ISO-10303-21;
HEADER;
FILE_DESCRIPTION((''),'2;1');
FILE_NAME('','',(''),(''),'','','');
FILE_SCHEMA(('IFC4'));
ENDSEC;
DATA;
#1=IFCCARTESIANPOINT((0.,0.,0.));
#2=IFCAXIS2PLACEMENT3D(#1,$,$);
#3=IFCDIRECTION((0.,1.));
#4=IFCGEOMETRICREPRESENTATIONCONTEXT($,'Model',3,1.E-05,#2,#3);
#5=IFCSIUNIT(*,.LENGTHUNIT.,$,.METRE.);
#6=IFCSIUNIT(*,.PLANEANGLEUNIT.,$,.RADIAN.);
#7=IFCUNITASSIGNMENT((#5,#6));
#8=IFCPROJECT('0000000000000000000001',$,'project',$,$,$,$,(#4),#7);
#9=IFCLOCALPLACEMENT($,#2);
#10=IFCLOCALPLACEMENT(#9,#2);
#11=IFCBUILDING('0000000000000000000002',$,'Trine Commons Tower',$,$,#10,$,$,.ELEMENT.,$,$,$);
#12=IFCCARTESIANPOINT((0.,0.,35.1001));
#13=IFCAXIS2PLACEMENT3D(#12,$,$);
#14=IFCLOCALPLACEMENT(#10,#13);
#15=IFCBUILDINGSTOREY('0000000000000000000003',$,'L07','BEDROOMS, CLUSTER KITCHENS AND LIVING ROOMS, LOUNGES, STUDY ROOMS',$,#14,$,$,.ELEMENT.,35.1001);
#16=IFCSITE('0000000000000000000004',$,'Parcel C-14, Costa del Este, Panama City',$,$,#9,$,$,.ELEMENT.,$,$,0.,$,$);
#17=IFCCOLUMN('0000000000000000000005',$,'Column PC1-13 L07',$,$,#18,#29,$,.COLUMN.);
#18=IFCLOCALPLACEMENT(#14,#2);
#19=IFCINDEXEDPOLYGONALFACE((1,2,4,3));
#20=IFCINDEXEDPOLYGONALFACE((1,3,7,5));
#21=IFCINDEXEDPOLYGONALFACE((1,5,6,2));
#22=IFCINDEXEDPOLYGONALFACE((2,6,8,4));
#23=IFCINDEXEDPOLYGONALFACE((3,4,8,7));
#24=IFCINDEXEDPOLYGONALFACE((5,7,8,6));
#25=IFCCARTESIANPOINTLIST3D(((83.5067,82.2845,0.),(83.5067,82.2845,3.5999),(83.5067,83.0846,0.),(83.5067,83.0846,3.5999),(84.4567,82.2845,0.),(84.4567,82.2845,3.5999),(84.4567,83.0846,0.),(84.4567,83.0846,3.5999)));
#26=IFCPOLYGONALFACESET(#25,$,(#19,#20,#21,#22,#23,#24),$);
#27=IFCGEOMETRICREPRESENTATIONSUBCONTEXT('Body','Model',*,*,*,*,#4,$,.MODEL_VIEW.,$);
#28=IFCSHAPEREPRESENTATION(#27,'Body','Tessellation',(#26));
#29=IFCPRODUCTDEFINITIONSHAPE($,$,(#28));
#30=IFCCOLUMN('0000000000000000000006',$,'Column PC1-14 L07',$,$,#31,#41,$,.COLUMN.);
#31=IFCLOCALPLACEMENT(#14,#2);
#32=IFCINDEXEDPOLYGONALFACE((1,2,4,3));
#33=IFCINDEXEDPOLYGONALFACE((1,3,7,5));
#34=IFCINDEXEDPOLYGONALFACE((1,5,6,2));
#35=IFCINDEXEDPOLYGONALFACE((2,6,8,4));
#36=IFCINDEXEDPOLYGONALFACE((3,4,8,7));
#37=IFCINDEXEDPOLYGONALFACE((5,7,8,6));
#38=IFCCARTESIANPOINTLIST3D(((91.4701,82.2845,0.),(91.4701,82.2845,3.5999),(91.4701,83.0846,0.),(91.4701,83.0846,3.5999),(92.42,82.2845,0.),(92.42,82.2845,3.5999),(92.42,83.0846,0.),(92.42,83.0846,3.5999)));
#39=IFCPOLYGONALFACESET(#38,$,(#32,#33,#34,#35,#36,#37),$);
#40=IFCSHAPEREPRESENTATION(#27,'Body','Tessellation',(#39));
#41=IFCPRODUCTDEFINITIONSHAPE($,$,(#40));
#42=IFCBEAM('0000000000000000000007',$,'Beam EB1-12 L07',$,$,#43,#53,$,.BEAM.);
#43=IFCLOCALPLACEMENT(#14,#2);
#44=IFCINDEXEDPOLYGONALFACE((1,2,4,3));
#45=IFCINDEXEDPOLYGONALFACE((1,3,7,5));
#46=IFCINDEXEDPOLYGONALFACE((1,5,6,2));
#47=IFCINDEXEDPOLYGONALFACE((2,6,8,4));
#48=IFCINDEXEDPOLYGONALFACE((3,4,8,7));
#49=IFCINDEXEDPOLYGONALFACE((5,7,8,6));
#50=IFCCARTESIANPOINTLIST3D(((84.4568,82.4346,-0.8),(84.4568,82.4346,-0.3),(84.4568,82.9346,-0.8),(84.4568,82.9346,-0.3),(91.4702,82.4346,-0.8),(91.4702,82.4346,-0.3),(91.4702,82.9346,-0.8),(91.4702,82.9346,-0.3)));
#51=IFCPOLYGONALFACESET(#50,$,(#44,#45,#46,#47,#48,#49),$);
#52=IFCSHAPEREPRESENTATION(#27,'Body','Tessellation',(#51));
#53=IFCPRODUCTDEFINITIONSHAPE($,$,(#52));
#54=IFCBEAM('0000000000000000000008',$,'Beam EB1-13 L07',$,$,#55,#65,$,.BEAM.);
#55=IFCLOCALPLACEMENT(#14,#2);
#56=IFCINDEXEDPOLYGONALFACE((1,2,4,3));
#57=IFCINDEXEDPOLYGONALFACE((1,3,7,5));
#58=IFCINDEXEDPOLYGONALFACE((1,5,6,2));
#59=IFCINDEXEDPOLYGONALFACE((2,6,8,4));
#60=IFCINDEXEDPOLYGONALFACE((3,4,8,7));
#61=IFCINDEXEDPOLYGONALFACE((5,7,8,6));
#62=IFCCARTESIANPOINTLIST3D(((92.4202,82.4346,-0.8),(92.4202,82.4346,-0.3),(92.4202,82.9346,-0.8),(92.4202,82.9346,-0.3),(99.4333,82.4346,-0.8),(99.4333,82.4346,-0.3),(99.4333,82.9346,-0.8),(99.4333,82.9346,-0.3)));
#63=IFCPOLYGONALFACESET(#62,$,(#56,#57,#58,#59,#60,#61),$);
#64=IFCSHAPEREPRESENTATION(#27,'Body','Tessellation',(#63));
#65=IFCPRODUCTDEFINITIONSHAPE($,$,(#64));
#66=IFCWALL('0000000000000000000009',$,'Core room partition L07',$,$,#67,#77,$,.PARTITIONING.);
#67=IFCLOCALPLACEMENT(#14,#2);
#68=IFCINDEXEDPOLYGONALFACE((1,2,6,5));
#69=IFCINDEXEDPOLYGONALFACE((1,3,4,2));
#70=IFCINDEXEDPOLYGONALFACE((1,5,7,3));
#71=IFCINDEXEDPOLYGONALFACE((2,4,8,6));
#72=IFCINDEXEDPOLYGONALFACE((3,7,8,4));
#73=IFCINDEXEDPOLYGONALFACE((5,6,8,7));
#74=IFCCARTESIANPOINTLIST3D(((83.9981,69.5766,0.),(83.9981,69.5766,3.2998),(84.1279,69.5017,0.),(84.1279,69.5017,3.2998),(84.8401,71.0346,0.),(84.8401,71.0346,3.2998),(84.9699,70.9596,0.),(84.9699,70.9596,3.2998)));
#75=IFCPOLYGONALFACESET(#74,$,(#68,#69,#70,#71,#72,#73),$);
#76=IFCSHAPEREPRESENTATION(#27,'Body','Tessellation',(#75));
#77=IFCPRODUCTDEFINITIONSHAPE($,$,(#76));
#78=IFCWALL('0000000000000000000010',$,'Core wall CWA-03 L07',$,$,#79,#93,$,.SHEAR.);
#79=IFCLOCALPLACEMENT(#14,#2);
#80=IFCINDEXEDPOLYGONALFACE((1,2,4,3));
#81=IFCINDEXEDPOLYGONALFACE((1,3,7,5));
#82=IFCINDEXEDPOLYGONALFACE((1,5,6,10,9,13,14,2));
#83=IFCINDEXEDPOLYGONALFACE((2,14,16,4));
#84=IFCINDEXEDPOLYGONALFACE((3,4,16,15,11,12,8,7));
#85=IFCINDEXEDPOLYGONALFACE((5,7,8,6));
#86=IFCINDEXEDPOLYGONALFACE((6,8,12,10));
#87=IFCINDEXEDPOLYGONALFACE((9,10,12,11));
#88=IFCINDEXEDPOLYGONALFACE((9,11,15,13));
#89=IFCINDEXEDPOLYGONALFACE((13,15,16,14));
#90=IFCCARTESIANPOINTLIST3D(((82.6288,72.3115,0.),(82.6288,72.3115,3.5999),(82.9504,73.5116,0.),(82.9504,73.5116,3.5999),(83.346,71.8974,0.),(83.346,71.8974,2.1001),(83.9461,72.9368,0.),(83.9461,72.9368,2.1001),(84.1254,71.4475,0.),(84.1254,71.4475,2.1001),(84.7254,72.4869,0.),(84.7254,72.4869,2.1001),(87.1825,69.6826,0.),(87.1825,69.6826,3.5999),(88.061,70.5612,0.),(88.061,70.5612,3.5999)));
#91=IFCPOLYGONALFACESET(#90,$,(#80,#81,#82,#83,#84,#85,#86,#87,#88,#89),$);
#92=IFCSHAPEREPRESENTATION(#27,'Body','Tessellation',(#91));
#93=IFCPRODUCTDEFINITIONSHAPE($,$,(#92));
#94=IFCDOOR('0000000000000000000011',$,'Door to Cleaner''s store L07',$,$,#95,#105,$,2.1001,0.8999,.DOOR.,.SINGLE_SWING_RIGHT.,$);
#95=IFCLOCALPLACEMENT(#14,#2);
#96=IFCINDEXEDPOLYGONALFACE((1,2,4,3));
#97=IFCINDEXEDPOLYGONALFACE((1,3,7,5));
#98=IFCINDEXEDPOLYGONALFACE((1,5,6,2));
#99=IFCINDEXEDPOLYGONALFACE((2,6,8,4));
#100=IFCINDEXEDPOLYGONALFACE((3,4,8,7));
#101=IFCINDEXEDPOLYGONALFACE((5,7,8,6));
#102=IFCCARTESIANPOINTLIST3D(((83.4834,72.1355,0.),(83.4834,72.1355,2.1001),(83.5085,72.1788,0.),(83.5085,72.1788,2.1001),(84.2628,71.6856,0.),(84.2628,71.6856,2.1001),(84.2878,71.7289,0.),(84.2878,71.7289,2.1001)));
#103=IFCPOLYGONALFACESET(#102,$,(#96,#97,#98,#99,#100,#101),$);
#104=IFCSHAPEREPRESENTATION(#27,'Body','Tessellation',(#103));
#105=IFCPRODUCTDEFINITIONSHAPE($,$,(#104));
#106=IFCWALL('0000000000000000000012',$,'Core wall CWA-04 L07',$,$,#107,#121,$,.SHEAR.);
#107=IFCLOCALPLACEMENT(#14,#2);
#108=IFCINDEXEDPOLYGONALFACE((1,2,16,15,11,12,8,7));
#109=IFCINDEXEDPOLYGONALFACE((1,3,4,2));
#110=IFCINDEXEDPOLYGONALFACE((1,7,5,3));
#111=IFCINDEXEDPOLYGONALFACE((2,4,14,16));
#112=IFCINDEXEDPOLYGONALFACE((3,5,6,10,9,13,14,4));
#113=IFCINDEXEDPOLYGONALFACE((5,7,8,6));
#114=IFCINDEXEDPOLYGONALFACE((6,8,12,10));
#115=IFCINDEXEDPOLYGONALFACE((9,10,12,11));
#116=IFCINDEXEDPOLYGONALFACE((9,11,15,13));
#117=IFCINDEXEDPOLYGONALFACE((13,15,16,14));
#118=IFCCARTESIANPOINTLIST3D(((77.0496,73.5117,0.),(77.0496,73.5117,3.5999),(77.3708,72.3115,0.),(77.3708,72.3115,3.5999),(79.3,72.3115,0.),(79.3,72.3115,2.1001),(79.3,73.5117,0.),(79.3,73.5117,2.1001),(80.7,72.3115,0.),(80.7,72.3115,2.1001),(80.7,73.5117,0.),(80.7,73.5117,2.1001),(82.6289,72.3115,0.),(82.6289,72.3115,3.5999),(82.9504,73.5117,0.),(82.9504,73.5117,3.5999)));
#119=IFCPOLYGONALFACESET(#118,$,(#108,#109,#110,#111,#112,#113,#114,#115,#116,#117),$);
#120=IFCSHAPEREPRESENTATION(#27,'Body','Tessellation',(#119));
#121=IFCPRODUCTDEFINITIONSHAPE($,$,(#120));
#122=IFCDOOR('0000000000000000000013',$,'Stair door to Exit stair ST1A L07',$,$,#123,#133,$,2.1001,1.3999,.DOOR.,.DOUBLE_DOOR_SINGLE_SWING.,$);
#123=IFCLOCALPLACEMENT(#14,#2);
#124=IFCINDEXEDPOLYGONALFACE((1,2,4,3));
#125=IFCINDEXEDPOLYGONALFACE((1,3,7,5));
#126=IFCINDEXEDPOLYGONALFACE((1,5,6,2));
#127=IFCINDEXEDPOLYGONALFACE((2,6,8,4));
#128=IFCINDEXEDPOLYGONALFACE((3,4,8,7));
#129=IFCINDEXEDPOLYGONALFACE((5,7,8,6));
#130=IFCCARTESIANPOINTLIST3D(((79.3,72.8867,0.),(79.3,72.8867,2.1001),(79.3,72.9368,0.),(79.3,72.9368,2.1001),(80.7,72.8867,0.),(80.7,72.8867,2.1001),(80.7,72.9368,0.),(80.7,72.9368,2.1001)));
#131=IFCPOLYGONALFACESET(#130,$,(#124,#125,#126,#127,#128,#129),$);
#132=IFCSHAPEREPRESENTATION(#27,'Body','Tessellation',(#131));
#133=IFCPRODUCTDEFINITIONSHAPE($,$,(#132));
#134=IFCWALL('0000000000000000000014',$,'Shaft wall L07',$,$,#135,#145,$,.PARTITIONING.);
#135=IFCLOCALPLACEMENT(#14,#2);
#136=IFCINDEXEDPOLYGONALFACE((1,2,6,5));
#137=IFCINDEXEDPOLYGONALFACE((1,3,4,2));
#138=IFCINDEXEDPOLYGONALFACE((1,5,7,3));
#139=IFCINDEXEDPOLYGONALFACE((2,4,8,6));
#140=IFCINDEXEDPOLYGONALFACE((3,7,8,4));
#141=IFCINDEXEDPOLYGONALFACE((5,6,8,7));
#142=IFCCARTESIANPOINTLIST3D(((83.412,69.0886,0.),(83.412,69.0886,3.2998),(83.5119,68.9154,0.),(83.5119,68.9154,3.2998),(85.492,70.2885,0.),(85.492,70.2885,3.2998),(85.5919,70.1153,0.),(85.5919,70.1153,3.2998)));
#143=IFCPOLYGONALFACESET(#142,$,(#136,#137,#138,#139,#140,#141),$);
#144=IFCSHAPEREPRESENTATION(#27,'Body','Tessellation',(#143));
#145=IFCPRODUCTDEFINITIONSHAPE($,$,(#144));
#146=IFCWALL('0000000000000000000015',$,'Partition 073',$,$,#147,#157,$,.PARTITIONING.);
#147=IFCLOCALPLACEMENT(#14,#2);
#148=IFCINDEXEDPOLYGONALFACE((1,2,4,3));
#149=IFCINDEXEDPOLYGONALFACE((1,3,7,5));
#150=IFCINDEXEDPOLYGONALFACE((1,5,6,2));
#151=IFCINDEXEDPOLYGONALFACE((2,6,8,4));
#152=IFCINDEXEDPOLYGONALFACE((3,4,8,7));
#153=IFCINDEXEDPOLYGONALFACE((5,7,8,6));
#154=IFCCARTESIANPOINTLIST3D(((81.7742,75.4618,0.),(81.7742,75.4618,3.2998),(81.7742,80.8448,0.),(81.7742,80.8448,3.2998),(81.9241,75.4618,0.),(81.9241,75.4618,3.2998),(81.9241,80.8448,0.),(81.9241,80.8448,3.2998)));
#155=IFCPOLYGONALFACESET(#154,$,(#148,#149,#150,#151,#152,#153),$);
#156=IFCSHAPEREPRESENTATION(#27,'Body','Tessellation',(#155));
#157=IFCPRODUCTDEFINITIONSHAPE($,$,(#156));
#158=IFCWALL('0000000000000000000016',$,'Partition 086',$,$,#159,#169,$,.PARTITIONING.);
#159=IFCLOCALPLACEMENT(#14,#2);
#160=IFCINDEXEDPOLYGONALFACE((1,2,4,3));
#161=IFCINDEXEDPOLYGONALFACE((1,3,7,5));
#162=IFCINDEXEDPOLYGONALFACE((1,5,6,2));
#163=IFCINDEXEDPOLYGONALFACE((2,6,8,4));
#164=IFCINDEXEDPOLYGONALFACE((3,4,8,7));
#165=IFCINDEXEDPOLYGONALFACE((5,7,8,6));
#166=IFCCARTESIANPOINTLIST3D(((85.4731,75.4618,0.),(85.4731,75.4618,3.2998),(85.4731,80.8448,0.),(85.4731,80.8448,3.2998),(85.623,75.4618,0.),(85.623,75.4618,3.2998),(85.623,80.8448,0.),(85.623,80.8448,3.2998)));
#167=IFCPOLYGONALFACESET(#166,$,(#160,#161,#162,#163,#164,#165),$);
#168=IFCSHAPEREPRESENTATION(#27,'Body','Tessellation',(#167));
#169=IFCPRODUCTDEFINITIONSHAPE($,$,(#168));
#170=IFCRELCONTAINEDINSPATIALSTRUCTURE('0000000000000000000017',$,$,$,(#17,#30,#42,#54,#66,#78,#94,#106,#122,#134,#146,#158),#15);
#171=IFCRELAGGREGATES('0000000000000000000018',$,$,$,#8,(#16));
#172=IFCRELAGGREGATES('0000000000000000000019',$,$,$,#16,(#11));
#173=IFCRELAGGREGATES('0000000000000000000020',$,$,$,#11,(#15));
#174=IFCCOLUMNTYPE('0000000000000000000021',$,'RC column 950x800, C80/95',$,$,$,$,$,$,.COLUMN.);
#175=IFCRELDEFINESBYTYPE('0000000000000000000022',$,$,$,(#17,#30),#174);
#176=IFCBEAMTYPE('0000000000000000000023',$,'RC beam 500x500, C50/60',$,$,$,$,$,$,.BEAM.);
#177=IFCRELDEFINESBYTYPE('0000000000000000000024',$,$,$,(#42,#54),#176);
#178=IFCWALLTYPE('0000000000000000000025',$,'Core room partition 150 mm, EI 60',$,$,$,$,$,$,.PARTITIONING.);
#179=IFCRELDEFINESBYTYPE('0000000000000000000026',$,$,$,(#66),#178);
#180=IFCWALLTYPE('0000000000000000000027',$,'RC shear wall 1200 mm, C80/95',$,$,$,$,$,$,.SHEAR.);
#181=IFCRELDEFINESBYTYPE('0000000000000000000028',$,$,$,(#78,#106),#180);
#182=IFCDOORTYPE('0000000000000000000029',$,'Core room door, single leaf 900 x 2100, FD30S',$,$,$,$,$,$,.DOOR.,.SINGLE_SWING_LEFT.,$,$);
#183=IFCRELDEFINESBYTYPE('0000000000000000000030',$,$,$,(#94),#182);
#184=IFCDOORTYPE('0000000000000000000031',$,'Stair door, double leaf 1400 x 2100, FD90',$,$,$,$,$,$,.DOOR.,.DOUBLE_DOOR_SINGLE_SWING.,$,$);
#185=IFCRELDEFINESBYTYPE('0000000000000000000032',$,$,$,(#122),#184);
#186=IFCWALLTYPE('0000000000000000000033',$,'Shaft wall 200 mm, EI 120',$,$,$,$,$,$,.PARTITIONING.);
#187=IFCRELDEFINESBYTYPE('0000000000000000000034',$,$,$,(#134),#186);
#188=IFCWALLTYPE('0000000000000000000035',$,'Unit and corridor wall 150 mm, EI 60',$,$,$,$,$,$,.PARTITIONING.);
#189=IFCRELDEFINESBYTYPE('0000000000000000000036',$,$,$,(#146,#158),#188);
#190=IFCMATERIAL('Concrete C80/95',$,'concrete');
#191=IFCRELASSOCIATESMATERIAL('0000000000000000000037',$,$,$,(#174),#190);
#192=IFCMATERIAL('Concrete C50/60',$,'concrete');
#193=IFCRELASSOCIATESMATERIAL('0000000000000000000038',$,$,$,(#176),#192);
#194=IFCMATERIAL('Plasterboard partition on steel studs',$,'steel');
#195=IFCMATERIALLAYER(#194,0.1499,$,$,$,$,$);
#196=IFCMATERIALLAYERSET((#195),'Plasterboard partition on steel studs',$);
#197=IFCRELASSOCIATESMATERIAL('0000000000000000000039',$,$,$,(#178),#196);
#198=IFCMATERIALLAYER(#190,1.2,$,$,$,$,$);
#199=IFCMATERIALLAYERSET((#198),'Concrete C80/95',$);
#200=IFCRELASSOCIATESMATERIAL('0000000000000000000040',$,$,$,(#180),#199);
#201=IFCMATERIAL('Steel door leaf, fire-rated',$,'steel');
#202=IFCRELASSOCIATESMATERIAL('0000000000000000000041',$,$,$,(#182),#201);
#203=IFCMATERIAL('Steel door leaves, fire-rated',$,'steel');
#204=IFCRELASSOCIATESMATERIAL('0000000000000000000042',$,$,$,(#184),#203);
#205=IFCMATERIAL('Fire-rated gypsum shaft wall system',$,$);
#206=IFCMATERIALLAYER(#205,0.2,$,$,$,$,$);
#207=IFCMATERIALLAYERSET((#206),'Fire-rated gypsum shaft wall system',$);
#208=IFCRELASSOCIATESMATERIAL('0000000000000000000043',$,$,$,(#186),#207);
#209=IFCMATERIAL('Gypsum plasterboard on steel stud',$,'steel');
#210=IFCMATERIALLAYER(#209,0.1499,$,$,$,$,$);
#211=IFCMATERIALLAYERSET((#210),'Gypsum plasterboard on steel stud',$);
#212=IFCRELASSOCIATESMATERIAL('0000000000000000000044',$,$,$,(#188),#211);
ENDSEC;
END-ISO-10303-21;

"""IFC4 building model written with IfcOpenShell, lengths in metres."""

from ifc_helpers import new_model, si_unit, direction, frame, frame_2d, origin, origin_2d, place, context, subcontext, project, spatial, polyline, rectangle, outline, extrude, material, layer, layer_set, material_profile, profile_set, type_object, element, fill, save


model = new_model("IFC4")

# Units and contexts
model_context = context("Model", 3, precision=1e-05, world=origin(), true_north=direction((0.0, 1.0)))
body_context = subcontext(model_context, "Body", "Model", "MODEL_VIEW")
ifc_project = project(units=[si_unit("LENGTHUNIT", "METRE"), si_unit("PLANEANGLEUNIT", "RADIAN")], contexts=[model_context])

# Site, building, storey
site_placement = place(None, origin())
site = spatial("IfcSite", under=ifc_project, at=site_placement, Name="Parcel C-14, Costa del Este, Panama City", CompositionType="ELEMENT", RefElevation=0.0)
building_placement = place(site_placement, origin())
building = spatial("IfcBuilding", under=site, at=building_placement, Name="Trine Commons Tower", CompositionType="ELEMENT")
storey_placement = place(building_placement, frame((0.0, 0.0, 35.1001)))
storey = spatial("IfcBuildingStorey", under=building, at=storey_placement, Name="L07", Description="BEDROOMS, CLUSTER KITCHENS AND LIVING ROOMS, LOUNGES, STUDY ROOMS", CompositionType="ELEMENT", Elevation=35.1001)

# Columns
ifc_material_1 = material(Name="Concrete C80/95", Category="concrete")
ifc_material_profile_1 = material_profile(ifc_material_1, rectangle(XDim=0.95, YDim=0.8, at=origin_2d()), Name="RC 950x800")
ifc_profile_set_1 = profile_set([ifc_material_profile_1], Name="Concrete C80/95")
column_type = type_object("IfcColumnType", Name="RC column 950x800, C80/95", PredefinedType="COLUMN", material=ifc_profile_set_1)
for number, where, z_axis, x_axis, name in (
    (1, (83.9817, 82.6846, 0.0), (0.0, 0.0, 1.0), (1.0, 0.0, 0.0), "Column PC1-13 L07"),
    (2, (91.9451, 82.6846, 0.0), (0.0, 0.0, 1.0), (1.0, 0.0, 0.0), "Column PC1-14 L07"),
):
    element("IfcColumn", number, at=place(storey_placement, frame(where, z_axis=z_axis, x_axis=x_axis)), inside=storey, type_object=column_type, Name=name, PredefinedType="COLUMN", context=body_context, shape_type="SweptSolid", body=[
        extrude(rectangle(XDim=0.95, YDim=0.8, at=origin_2d()), origin(), (0.0, 0.0, 1.0), 3.5999),
    ])

# Beams
ifc_material_2 = material(Name="Concrete C50/60", Category="concrete")
ifc_material_profile_2 = material_profile(ifc_material_2, rectangle(XDim=0.5, YDim=0.5, at=origin_2d()), Name="RC 500x500")
ifc_profile_set_2 = profile_set([ifc_material_profile_2], Name="Concrete C50/60")
beam_type = type_object("IfcBeamType", Name="RC beam 500x500, C50/60", PredefinedType="BEAM", material=ifc_profile_set_2)
beam_1_placement = place(storey_placement, frame((84.4568, 82.6846, -0.55), z_axis=(1.0, 0.0, 0.0), x_axis=(0.0, 1.0, 0.0)))
element("IfcBeam", 3, at=beam_1_placement, inside=storey, type_object=beam_type, Name="Beam EB1-12 L07", PredefinedType="BEAM", context=body_context, shape_type="SweptSolid", body=[
    extrude(rectangle(XDim=0.5, YDim=0.5, at=origin_2d()), origin(), (0.0, 0.0, 1.0), 7.0134),
])
beam_2_placement = place(storey_placement, frame((92.4202, 82.6846, -0.55), z_axis=(1.0, 0.0, 0.0), x_axis=(0.0, 1.0, 0.0)))
element("IfcBeam", 4, at=beam_2_placement, inside=storey, type_object=beam_type, Name="Beam EB1-13 L07", PredefinedType="BEAM", context=body_context, shape_type="SweptSolid", body=[
    extrude(rectangle(XDim=0.5, YDim=0.5, at=origin_2d()), origin(), (0.0, 0.0, 1.0), 7.0132),
])

# Wall
ifc_material_3 = material(Name="Plasterboard partition on steel studs", Category="steel")
ifc_layer_1 = layer(ifc_material_3, 0.1499)
ifc_layer_set_1 = layer_set([ifc_layer_1], Name="Plasterboard partition on steel studs")
wall_type_1 = type_object("IfcWallType", Name="Core room partition 150 mm, EI 60", PredefinedType="PARTITIONING", material=ifc_layer_set_1)
wall_1_placement = place(storey_placement, frame((84.905, 70.9971, 0.0), z_axis=(0.0, 0.0, 1.0), x_axis=(-0.500116, -0.865959, 0.0)))
element("IfcWall", 5, at=wall_1_placement, inside=storey, type_object=wall_type_1, Name="Core room partition L07", PredefinedType="PARTITIONING", context=body_context, shape_type="SweptSolid", body=[
    extrude(rectangle(XDim=1.6836, YDim=0.1499, at=frame_2d((0.8418, 0.0))), origin(), (0.0, 0.0, 1.0), 3.2998),
])

# Walls, openings, doors
ifc_layer_2 = layer(ifc_material_1, 1.2)
ifc_layer_set_2 = layer_set([ifc_layer_2], Name="Concrete C80/95")
wall_type_2 = type_object("IfcWallType", Name="RC shear wall 1200 mm, C80/95", PredefinedType="SHEAR", material=ifc_layer_set_2)
wall_2_placement = place(storey_placement, frame((87.761, 70.0415, 0.0), z_axis=(0.0, 0.0, 1.0), x_axis=(-0.866037, 0.499979, 0.0)))
wall_2 = element("IfcWall", 6, at=wall_2_placement, inside=storey, type_object=wall_type_2, Name="Core wall CWA-03 L07", PredefinedType="SHEAR", context=body_context, shape_type="SweptSolid", body=[
    extrude(outline(polyline([(0.0, -0.6001), (5.9011, -0.6001), (5.5796, 0.6001), (0.3215, 0.6001), (0.0, -0.6001)])), origin(), (0.0, 0.0, 1.0), 3.5999),
])
opening_1_placement = place(wall_2_placement, frame((3.8516, 0.0, 0.0)))
opening_1 = element("IfcOpeningElement", 7, at=opening_1_placement, cuts=wall_2, PredefinedType="OPENING", context=body_context, shape_type="SweptSolid", body=[
    extrude(rectangle(XDim=0.8999, YDim=2.1001, at=frame_2d((0.45, 1.05))), frame((0.0, 0.6099, 0.0), z_axis=(0.0, -1.0, 0.0), x_axis=(1.0, 0.0, 0.0)), (0.0, 0.0, 1.0), 1.22),
])
ifc_material_4 = material(Name="Steel door leaf, fire-rated", Category="steel")
door_type_1 = type_object("IfcDoorType", Name="Core room door, single leaf 900 x 2100, FD30S", OperationType="SINGLE_SWING_LEFT", PredefinedType="DOOR", material=ifc_material_4)
door_1_placement = place(opening_1_placement, origin())
door_1 = element("IfcDoor", 8, at=door_1_placement, inside=storey, type_object=door_type_1, Name="Door to Cleaner's store L07", OperationType="SINGLE_SWING_RIGHT", OverallHeight=2.1001, OverallWidth=0.8999, PredefinedType="DOOR", context=body_context, shape_type="SweptSolid", body=[
    extrude(rectangle(XDim=0.8999, YDim=2.1001, at=frame_2d((0.45, 1.05))), frame((0.0, 0.3252, 0.0), z_axis=(0.0, -1.0, 0.0), x_axis=(1.0, 0.0, 0.0)), (0.0, 0.0, 1.0), 0.05),
])
fill(opening_1, door_1)
wall_3_placement = place(storey_placement, frame((82.9504, 72.9116, 0.0), z_axis=(0.0, 0.0, 1.0), x_axis=(-1.0, 0.0, 0.0)))
wall_3 = element("IfcWall", 9, at=wall_3_placement, inside=storey, type_object=wall_type_2, Name="Core wall CWA-04 L07", PredefinedType="SHEAR", context=body_context, shape_type="SweptSolid", body=[
    extrude(outline(polyline([(0.0, -0.6001), (5.9009, -0.6001), (5.5796, 0.6001), (0.3215, 0.6001), (0.0, -0.6001)])), origin(), (0.0, 0.0, 1.0), 3.5999),
])
opening_2_placement = place(wall_3_placement, frame((2.2505, 0.0, 0.0)))
opening_2 = element("IfcOpeningElement", 10, at=opening_2_placement, cuts=wall_3, PredefinedType="OPENING", context=body_context, shape_type="SweptSolid", body=[
    extrude(rectangle(XDim=1.3999, YDim=2.1001, at=frame_2d((0.7, 1.05))), frame((0.0, 0.6099, 0.0), z_axis=(0.0, -1.0, 0.0), x_axis=(1.0, 0.0, 0.0)), (0.0, 0.0, 1.0), 1.22),
])
ifc_material_5 = material(Name="Steel door leaves, fire-rated", Category="steel")
door_type_2 = type_object("IfcDoorType", Name="Stair door, double leaf 1400 x 2100, FD90", OperationType="DOUBLE_DOOR_SINGLE_SWING", PredefinedType="DOOR", material=ifc_material_5)
door_2_placement = place(opening_2_placement, origin())
door_2 = element("IfcDoor", 11, at=door_2_placement, inside=storey, type_object=door_type_2, Name="Stair door to Exit stair ST1A L07", OperationType="DOUBLE_DOOR_SINGLE_SWING", OverallHeight=2.1001, OverallWidth=1.3999, PredefinedType="DOOR", context=body_context, shape_type="SweptSolid", body=[
    extrude(rectangle(XDim=1.3999, YDim=2.1001, at=frame_2d((0.7, 1.05))), frame((0.0, 0.0249, 0.0), z_axis=(0.0, -1.0, 0.0), x_axis=(1.0, 0.0, 0.0)), (0.0, 0.0, 1.0), 0.05),
])
fill(opening_2, door_2)

# Walls
ifc_material_6 = material(Name="Fire-rated gypsum shaft wall system")
ifc_layer_3 = layer(ifc_material_6, 0.2)
ifc_layer_set_3 = layer_set([ifc_layer_3], Name="Fire-rated gypsum shaft wall system")
wall_type_3 = type_object("IfcWallType", Name="Shaft wall 200 mm, EI 120", PredefinedType="PARTITIONING", material=ifc_layer_set_3)
wall_4_placement = place(storey_placement, frame((83.4619, 69.002, 0.0), z_axis=(0.0, 0.0, 1.0), x_axis=(0.866203, 0.499693, 0.0)))
element("IfcWall", 12, at=wall_4_placement, inside=storey, type_object=wall_type_3, Name="Shaft wall L07", PredefinedType="PARTITIONING", context=body_context, shape_type="SweptSolid", body=[
    extrude(rectangle(XDim=2.4014, YDim=0.2, at=frame_2d((1.2007, 0.0))), origin(), (0.0, 0.0, 1.0), 3.2998),
])
ifc_material_7 = material(Name="Gypsum plasterboard on steel stud", Category="steel")
ifc_layer_4 = layer(ifc_material_7, 0.1499)
ifc_layer_set_4 = layer_set([ifc_layer_4], Name="Gypsum plasterboard on steel stud")
wall_type_4 = type_object("IfcWallType", Name="Unit and corridor wall 150 mm, EI 60", PredefinedType="PARTITIONING", material=ifc_layer_set_4)
for number, where, z_axis, x_axis, name in (
    (13, (81.8491, 75.4619, 0.0), (0.0, 0.0, 1.0), (0.0, 1.0, 0.0), "Partition 073"),
    (14, (85.5481, 75.4619, 0.0), (0.0, 0.0, 1.0), (0.0, 1.0, 0.0), "Partition 086"),
):
    element("IfcWall", number, at=place(storey_placement, frame(where, z_axis=z_axis, x_axis=x_axis)), inside=storey, type_object=wall_type_4, Name=name, PredefinedType="PARTITIONING", context=body_context, shape_type="SweptSolid", body=[
        extrude(rectangle(XDim=5.3831, YDim=0.1499, at=frame_2d((2.6914, 0.0))), origin(), (0.0, 0.0, 1.0), 3.2998),
    ])

save(model, "model.ifc")
